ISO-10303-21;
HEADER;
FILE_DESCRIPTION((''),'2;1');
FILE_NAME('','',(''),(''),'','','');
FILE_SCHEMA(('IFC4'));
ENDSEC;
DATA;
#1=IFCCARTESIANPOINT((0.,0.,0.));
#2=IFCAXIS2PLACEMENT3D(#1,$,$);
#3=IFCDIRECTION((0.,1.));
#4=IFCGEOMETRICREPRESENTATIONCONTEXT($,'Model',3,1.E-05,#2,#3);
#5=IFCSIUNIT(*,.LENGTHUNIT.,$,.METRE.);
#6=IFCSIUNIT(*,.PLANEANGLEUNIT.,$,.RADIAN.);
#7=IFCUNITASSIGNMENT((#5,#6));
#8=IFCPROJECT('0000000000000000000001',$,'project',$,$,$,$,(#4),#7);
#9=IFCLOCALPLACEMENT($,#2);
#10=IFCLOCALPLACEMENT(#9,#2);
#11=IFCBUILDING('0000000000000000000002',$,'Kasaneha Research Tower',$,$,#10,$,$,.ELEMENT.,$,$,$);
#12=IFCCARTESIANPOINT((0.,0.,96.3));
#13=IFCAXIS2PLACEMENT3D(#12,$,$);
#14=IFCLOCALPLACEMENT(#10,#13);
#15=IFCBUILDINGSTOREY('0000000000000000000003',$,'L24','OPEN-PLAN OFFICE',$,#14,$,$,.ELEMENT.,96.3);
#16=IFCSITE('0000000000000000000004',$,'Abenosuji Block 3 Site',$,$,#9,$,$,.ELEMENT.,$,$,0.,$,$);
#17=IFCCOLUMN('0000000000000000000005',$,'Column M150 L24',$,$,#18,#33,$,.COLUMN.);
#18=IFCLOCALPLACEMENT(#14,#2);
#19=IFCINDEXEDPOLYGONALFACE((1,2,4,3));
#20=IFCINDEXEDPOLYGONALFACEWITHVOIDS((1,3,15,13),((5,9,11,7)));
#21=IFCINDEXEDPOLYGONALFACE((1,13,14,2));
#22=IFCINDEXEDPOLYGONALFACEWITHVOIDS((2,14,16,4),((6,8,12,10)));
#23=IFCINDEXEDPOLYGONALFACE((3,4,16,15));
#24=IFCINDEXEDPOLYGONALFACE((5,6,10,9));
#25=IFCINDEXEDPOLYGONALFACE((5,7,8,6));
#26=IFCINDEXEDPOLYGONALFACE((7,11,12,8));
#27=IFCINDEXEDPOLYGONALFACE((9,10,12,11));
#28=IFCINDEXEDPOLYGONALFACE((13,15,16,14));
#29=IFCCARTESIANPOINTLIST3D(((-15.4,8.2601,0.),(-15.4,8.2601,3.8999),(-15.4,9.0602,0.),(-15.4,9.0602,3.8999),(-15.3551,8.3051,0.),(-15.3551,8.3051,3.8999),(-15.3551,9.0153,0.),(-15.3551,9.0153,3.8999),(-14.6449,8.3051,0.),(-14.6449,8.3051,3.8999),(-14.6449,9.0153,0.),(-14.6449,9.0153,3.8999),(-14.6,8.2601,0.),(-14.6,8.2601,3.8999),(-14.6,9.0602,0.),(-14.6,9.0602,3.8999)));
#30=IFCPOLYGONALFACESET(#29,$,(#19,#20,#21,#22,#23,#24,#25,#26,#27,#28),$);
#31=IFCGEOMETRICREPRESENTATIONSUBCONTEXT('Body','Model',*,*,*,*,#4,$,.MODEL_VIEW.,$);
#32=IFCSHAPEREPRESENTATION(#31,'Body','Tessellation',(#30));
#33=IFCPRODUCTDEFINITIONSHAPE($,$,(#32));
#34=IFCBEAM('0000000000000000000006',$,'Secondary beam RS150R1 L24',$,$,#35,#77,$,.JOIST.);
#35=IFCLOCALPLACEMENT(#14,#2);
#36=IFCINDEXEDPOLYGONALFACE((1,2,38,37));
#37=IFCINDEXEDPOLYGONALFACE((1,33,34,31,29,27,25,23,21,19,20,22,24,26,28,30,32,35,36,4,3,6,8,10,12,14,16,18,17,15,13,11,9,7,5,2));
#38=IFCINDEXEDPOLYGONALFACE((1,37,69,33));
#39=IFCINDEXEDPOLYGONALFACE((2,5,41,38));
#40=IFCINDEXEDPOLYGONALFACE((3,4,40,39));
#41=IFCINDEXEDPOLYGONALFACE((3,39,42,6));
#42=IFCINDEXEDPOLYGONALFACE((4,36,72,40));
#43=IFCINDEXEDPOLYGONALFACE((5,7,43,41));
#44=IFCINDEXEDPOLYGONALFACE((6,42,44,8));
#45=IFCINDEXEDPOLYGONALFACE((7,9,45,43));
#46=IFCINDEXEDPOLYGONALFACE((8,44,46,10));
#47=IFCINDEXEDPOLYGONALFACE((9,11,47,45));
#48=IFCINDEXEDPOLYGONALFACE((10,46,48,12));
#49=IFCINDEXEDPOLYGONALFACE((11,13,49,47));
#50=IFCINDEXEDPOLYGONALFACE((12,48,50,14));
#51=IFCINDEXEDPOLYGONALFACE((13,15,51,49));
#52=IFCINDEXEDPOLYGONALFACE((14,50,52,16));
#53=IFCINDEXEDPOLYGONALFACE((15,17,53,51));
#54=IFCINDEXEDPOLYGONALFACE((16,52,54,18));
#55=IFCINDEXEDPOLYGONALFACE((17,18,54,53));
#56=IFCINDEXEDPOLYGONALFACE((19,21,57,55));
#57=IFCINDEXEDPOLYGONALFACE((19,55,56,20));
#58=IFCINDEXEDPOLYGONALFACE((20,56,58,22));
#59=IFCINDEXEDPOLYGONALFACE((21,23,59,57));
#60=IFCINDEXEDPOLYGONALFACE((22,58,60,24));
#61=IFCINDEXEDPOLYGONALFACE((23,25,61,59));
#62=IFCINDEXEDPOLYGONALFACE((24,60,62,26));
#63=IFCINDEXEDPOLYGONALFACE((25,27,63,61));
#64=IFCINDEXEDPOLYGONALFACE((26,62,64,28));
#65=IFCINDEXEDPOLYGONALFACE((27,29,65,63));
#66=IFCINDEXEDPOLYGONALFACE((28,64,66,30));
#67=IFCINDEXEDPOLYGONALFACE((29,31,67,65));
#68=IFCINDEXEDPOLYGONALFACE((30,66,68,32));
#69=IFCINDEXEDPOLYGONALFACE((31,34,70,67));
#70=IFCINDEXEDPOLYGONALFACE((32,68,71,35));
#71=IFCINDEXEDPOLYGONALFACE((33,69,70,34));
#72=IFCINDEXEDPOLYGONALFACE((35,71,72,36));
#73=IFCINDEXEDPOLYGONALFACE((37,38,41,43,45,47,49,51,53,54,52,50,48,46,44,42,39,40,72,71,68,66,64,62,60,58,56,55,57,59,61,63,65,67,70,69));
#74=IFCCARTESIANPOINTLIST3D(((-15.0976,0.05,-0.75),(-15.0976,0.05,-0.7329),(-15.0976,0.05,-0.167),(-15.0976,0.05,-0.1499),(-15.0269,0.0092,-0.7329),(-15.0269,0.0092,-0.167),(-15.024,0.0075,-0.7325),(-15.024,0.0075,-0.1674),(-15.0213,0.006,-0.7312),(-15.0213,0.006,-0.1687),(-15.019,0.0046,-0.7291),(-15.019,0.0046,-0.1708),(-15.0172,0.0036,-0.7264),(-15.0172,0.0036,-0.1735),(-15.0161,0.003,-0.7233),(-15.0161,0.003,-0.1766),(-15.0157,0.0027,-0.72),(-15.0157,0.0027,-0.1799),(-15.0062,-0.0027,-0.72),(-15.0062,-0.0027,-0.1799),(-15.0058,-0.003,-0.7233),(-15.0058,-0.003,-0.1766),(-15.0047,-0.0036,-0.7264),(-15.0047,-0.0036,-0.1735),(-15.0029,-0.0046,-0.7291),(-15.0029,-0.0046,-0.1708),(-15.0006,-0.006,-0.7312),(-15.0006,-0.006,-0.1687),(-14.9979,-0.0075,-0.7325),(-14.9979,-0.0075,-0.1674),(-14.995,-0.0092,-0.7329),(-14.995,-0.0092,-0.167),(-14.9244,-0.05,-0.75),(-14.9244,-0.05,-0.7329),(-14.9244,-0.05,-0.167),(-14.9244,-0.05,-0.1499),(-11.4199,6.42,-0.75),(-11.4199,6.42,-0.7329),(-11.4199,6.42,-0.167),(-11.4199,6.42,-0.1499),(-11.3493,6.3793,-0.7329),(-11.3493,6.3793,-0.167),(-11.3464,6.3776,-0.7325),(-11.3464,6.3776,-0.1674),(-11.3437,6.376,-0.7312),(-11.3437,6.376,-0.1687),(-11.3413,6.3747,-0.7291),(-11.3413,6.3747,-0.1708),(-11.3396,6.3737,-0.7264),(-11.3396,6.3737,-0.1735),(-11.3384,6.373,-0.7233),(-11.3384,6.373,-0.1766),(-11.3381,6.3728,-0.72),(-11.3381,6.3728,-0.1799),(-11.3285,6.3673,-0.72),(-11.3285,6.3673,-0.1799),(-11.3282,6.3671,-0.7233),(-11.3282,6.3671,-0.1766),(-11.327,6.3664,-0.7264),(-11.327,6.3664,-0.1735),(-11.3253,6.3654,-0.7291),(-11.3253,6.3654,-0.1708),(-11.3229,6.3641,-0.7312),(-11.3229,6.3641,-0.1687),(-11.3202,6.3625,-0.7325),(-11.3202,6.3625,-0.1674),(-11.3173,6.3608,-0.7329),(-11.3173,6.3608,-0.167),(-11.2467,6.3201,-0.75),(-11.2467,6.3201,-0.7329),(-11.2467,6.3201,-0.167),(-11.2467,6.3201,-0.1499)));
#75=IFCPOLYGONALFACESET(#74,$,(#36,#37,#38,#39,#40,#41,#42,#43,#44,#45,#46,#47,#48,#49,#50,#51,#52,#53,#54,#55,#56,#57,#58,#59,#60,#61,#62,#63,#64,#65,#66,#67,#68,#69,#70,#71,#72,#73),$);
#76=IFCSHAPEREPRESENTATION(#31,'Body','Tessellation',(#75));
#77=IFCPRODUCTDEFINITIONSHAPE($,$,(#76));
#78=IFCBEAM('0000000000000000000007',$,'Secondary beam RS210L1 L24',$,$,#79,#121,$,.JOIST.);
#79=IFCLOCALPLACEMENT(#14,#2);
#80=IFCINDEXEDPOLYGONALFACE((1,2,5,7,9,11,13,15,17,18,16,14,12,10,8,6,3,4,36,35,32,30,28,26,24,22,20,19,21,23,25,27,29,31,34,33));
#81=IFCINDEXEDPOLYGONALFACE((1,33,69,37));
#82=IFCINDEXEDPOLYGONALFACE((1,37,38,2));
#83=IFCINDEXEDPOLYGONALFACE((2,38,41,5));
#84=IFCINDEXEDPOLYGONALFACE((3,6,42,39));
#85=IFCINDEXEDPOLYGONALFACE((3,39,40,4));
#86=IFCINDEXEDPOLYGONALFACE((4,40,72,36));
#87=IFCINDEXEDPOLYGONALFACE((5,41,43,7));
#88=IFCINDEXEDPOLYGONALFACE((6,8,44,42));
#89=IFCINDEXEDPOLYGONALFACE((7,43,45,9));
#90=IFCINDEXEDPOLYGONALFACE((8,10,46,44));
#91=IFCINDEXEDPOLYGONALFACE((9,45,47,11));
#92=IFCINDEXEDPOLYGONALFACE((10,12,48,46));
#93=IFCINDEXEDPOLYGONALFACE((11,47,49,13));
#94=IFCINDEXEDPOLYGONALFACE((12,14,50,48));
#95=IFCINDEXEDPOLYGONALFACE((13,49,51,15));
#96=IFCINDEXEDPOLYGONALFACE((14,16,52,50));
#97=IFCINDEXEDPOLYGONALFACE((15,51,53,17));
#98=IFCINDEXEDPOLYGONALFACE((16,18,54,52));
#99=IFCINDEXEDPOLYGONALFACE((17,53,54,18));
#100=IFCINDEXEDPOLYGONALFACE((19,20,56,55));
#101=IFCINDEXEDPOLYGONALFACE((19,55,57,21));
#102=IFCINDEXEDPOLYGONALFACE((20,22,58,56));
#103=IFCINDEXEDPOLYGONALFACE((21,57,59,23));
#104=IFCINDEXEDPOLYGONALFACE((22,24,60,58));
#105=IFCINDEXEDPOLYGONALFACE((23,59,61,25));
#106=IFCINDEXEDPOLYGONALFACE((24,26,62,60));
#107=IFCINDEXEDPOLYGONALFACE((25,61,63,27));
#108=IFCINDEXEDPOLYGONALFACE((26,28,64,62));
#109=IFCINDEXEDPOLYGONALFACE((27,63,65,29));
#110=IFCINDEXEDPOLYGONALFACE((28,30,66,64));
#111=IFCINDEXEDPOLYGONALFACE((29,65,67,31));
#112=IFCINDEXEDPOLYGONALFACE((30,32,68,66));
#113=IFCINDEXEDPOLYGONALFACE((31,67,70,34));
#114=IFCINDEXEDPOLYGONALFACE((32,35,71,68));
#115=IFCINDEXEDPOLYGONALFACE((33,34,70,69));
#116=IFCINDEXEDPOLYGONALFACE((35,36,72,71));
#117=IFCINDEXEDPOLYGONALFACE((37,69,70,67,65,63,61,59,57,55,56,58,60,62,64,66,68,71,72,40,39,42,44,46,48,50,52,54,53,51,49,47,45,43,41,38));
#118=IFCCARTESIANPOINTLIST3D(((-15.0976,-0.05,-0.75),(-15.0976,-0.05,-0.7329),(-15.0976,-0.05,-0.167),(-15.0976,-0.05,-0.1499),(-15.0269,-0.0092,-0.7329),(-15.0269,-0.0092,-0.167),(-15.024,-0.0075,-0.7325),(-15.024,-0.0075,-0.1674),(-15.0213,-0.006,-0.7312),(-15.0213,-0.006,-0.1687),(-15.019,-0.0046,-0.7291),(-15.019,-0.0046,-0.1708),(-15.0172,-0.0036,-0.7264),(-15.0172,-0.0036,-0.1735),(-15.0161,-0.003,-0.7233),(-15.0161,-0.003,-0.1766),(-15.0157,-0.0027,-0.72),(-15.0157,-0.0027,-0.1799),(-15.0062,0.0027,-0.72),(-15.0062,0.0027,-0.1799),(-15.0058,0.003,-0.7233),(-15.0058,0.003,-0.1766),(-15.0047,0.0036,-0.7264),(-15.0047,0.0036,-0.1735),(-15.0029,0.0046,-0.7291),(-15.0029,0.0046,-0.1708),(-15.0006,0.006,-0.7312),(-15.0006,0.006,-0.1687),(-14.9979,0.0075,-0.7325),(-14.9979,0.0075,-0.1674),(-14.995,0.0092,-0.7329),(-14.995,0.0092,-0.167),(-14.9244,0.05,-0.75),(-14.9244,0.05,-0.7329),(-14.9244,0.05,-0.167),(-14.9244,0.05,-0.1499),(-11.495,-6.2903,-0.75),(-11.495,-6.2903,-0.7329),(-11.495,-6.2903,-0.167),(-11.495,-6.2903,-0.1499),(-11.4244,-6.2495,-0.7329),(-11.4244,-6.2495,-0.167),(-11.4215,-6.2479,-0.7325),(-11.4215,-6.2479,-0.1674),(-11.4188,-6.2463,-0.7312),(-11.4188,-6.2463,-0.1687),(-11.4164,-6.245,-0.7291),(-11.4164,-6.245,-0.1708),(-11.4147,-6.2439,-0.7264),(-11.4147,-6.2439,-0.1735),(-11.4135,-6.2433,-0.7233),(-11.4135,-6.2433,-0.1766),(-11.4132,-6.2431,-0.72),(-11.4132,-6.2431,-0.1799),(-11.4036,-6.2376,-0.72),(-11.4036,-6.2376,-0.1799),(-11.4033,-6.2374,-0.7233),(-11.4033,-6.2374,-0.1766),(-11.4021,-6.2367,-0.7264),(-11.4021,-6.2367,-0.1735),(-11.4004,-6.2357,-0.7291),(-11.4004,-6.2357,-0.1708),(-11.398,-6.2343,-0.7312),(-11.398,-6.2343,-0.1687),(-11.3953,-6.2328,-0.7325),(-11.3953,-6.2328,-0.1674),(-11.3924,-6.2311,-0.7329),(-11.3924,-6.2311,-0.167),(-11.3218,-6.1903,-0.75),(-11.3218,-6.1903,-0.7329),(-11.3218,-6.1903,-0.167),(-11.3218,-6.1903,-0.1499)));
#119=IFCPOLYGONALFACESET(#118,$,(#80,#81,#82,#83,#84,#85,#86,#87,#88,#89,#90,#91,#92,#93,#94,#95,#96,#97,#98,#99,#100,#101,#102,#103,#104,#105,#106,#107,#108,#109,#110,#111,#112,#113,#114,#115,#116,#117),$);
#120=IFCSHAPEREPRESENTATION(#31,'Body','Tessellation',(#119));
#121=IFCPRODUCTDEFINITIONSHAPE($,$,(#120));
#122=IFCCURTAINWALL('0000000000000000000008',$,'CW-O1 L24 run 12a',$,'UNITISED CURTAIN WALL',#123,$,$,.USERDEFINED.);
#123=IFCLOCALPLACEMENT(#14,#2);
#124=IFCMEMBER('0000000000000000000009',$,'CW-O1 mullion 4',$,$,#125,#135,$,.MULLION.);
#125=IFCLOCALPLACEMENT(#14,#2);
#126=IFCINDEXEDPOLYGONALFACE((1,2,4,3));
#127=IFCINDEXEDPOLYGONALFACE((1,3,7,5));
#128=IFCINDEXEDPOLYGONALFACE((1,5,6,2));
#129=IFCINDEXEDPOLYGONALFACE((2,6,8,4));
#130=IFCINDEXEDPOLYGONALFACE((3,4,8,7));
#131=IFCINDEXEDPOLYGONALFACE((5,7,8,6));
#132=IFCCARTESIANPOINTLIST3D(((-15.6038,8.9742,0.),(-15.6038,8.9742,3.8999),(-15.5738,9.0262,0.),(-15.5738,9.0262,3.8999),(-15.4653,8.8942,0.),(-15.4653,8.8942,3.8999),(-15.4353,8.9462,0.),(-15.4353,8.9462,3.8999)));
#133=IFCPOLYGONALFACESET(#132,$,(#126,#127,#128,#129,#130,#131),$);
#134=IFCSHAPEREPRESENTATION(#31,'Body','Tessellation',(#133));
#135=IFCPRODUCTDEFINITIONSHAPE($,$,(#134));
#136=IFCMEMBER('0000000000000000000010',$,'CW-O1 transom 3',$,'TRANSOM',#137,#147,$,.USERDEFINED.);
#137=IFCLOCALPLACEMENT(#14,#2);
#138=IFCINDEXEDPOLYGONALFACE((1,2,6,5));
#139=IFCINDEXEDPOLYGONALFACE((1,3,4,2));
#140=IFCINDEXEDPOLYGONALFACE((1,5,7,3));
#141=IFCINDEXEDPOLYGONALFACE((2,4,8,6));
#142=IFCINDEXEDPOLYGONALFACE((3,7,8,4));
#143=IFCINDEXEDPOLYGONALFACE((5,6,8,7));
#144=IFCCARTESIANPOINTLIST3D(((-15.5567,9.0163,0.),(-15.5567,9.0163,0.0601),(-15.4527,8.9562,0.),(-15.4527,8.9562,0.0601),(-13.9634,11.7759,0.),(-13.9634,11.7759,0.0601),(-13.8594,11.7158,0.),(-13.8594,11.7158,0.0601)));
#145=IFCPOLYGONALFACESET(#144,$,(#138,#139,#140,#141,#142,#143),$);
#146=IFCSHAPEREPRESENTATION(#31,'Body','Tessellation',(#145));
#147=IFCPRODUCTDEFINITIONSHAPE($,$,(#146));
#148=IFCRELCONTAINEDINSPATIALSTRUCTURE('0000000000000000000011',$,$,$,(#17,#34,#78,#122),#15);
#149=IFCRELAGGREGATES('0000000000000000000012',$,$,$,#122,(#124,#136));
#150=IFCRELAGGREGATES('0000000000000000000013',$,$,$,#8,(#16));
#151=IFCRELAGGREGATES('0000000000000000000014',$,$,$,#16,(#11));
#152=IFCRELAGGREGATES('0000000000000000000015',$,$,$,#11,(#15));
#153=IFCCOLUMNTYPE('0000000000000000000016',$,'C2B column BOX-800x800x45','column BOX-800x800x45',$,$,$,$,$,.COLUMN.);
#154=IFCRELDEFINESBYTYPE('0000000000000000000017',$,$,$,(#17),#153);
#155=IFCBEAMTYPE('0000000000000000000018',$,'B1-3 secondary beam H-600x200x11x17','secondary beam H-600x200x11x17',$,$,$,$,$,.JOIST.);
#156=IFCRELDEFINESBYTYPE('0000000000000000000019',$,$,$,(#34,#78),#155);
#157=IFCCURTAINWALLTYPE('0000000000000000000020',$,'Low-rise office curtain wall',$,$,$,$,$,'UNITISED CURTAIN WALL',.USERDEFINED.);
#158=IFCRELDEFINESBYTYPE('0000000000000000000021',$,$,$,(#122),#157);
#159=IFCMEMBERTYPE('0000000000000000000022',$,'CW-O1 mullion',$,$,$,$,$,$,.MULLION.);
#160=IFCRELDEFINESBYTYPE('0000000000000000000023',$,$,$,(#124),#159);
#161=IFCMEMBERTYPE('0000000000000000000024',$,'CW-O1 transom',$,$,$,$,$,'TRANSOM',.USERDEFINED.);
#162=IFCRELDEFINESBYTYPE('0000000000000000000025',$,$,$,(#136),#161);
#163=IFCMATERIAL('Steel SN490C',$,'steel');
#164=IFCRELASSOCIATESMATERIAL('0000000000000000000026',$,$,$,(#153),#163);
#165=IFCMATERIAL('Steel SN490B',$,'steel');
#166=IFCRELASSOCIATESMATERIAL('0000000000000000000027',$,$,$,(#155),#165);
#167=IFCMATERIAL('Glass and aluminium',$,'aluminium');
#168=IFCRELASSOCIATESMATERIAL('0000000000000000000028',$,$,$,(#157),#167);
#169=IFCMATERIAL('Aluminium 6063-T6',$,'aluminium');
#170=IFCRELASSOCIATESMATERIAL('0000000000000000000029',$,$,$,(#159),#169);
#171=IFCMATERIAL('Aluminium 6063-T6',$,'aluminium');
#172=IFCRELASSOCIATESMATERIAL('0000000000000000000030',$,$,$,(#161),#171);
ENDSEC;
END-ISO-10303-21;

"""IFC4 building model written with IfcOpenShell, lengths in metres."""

from ifc_helpers import new_model, si_unit, direction, frame, origin, origin_2d, place, context, subcontext, project, spatial, rectangle, hollow_rectangle, i_section, extrude, material, material_profile, profile_set, type_object, element, aggregate, save


model = new_model("IFC4")

# Units and contexts
model_context = context("Model", 3, precision=1e-05, world=origin(), true_north=direction((0.0, 1.0)))
body_context = subcontext(model_context, "Body", "Model", "MODEL_VIEW")
ifc_project = project(units=[si_unit("LENGTHUNIT", "METRE"), si_unit("PLANEANGLEUNIT", "RADIAN")], contexts=[model_context])

# Site, building, storey
site_placement = place(None, origin())
site = spatial("IfcSite", under=ifc_project, at=site_placement, Name="Abenosuji Block 3 Site", CompositionType="ELEMENT", RefElevation=0.0)
building_placement = place(site_placement, origin())
building = spatial("IfcBuilding", under=site, at=building_placement, Name="Kasaneha Research Tower", CompositionType="ELEMENT")
storey_placement = place(building_placement, frame((0.0, 0.0, 96.3)))
storey = spatial("IfcBuildingStorey", under=building, at=storey_placement, Name="L24", Description="OPEN-PLAN OFFICE", CompositionType="ELEMENT", Elevation=96.3)

# Column
ifc_material_1 = material(Name="Steel SN490C", Category="steel")
ifc_material_profile_1 = material_profile(ifc_material_1, hollow_rectangle(XDim=0.8, YDim=0.8, WallThickness=0.0449, at=origin_2d()), Name="BOX-800x800x45")
ifc_profile_set_1 = profile_set([ifc_material_profile_1], Name="Steel SN490C")
column_type = type_object("IfcColumnType", Name="C2B column BOX-800x800x45", Description="column BOX-800x800x45", PredefinedType="COLUMN", material=ifc_profile_set_1)
column_placement = place(storey_placement, frame((-15.0, 8.6602, 0.0), z_axis=(0.0, 0.0, 1.0), x_axis=(1.0, 0.0, 0.0)))
element("IfcColumn", 1, at=column_placement, inside=storey, type_object=column_type, Name="Column M150 L24", PredefinedType="COLUMN", context=body_context, shape_type="SweptSolid", body=[
    extrude(hollow_rectangle(XDim=0.8, YDim=0.8, WallThickness=0.0449, at=origin_2d()), origin(), (0.0, 0.0, 1.0), 3.8999),
])

# Beams
ifc_material_2 = material(Name="Steel SN490B", Category="steel")
ifc_material_profile_2 = material_profile(ifc_material_2, i_section(OverallWidth=0.2, OverallDepth=0.6001, WebThickness=0.011, FlangeThickness=0.0171, FilletRadius=0.0129, at=origin_2d()), Name="H-600x200x11x17")
ifc_profile_set_2 = profile_set([ifc_material_profile_2], Name="Steel SN490B")
beam_type_1 = type_object("IfcBeamType", Name="B1-3 secondary beam H-600x200x11x17", Description="secondary beam H-600x200x11x17", PredefinedType="JOIST", material=ifc_profile_set_2)
beam_1_placement = place(storey_placement, frame((-15.011, 0.0, -0.45), z_axis=(0.499994, 0.866029, 0.0), x_axis=(-0.866029, 0.499994, 0.0)))
element("IfcBeam", 2, at=beam_1_placement, inside=storey, type_object=beam_type_1, Name="Secondary beam RS150R1 L24", PredefinedType="JOIST", context=body_context, shape_type="SweptSolid", body=[
    extrude(i_section(OverallWidth=0.2, OverallDepth=0.6001, WebThickness=0.011, FlangeThickness=0.0171, FilletRadius=0.0129, at=origin_2d()), origin(), (0.0, 0.0, 1.0), 7.3555),
])
beam_2_placement = place(storey_placement, frame((-15.011, 0.0, -0.45), z_axis=(0.499973, -0.866041, 0.0), x_axis=(0.866041, 0.499973, 0.0)))
element("IfcBeam", 3, at=beam_2_placement, inside=storey, type_object=beam_type_1, Name="Secondary beam RS210L1 L24", PredefinedType="JOIST", context=body_context, shape_type="SweptSolid", body=[
    extrude(i_section(OverallWidth=0.2, OverallDepth=0.6001, WebThickness=0.011, FlangeThickness=0.0171, FilletRadius=0.0129, at=origin_2d()), origin(), (0.0, 0.0, 1.0), 7.2056),
])

# Curtain wall, members
ifc_material_3 = material(Name="Glass and aluminium", Category="aluminium")
curtain_wall_type = type_object("IfcCurtainWallType", Name="Low-rise office curtain wall", ElementType="UNITISED CURTAIN WALL", PredefinedType="USERDEFINED", material=ifc_material_3)
curtain_wall_placement = place(storey_placement, origin())
curtain_wall = element("IfcCurtainWall", 4, at=curtain_wall_placement, inside=storey, type_object=curtain_wall_type, Name="CW-O1 L24 run 12a", ObjectType="UNITISED CURTAIN WALL", PredefinedType="USERDEFINED")
ifc_material_4 = material(Name="Aluminium 6063-T6", Category="aluminium")
ifc_material_profile_3 = material_profile(ifc_material_4, rectangle(XDim=0.0601, YDim=0.1599, at=origin_2d()), Name="CW-O1 mullion 60x160")
ifc_profile_set_3 = profile_set([ifc_material_profile_3], Name="Aluminium 6063-T6")
member_type_1 = type_object("IfcMemberType", Name="CW-O1 mullion", PredefinedType="MULLION", material=ifc_profile_set_3)
member_1_placement = place(storey_placement, frame((-15.5195, 8.9602, 0.0), z_axis=(0.0, 0.0, 1.0), x_axis=(-0.5, -0.866025, 0.0)))
member_1 = element("IfcMember", 5, at=member_1_placement, type_object=member_type_1, Name="CW-O1 mullion 4", PredefinedType="MULLION", context=body_context, shape_type="SweptSolid", body=[
    extrude(rectangle(XDim=0.0601, YDim=0.1599, at=origin_2d()), origin(), (0.0, 0.0, 1.0), 3.8999),
])
ifc_material_5 = material(Name="Aluminium 6063-T6", Category="aluminium")
ifc_material_profile_4 = material_profile(ifc_material_5, rectangle(XDim=0.1201, YDim=0.0601, at=origin_2d()), Name="CW-O1 transom 120x60")
ifc_profile_set_4 = profile_set([ifc_material_profile_4], Name="Aluminium 6063-T6")
member_type_2 = type_object("IfcMemberType", Name="CW-O1 transom", ElementType="TRANSOM", PredefinedType="USERDEFINED", material=ifc_profile_set_4)
member_2_placement = place(storey_placement, frame((-13.9114, 11.7458, 0.03), z_axis=(-0.500012, -0.866018, 0.0), x_axis=(0.866018, -0.500012, 0.0)))
member_2 = element("IfcMember", 6, at=member_2_placement, type_object=member_type_2, Name="CW-O1 transom 3", ObjectType="TRANSOM", PredefinedType="USERDEFINED", context=body_context, shape_type="SweptSolid", body=[
    extrude(rectangle(XDim=0.1201, YDim=0.0601, at=origin_2d()), origin(), (0.0, 0.0, 1.0), 3.1865),
])

aggregate(curtain_wall, [member_1, member_2])

save(model, "model.ifc")
